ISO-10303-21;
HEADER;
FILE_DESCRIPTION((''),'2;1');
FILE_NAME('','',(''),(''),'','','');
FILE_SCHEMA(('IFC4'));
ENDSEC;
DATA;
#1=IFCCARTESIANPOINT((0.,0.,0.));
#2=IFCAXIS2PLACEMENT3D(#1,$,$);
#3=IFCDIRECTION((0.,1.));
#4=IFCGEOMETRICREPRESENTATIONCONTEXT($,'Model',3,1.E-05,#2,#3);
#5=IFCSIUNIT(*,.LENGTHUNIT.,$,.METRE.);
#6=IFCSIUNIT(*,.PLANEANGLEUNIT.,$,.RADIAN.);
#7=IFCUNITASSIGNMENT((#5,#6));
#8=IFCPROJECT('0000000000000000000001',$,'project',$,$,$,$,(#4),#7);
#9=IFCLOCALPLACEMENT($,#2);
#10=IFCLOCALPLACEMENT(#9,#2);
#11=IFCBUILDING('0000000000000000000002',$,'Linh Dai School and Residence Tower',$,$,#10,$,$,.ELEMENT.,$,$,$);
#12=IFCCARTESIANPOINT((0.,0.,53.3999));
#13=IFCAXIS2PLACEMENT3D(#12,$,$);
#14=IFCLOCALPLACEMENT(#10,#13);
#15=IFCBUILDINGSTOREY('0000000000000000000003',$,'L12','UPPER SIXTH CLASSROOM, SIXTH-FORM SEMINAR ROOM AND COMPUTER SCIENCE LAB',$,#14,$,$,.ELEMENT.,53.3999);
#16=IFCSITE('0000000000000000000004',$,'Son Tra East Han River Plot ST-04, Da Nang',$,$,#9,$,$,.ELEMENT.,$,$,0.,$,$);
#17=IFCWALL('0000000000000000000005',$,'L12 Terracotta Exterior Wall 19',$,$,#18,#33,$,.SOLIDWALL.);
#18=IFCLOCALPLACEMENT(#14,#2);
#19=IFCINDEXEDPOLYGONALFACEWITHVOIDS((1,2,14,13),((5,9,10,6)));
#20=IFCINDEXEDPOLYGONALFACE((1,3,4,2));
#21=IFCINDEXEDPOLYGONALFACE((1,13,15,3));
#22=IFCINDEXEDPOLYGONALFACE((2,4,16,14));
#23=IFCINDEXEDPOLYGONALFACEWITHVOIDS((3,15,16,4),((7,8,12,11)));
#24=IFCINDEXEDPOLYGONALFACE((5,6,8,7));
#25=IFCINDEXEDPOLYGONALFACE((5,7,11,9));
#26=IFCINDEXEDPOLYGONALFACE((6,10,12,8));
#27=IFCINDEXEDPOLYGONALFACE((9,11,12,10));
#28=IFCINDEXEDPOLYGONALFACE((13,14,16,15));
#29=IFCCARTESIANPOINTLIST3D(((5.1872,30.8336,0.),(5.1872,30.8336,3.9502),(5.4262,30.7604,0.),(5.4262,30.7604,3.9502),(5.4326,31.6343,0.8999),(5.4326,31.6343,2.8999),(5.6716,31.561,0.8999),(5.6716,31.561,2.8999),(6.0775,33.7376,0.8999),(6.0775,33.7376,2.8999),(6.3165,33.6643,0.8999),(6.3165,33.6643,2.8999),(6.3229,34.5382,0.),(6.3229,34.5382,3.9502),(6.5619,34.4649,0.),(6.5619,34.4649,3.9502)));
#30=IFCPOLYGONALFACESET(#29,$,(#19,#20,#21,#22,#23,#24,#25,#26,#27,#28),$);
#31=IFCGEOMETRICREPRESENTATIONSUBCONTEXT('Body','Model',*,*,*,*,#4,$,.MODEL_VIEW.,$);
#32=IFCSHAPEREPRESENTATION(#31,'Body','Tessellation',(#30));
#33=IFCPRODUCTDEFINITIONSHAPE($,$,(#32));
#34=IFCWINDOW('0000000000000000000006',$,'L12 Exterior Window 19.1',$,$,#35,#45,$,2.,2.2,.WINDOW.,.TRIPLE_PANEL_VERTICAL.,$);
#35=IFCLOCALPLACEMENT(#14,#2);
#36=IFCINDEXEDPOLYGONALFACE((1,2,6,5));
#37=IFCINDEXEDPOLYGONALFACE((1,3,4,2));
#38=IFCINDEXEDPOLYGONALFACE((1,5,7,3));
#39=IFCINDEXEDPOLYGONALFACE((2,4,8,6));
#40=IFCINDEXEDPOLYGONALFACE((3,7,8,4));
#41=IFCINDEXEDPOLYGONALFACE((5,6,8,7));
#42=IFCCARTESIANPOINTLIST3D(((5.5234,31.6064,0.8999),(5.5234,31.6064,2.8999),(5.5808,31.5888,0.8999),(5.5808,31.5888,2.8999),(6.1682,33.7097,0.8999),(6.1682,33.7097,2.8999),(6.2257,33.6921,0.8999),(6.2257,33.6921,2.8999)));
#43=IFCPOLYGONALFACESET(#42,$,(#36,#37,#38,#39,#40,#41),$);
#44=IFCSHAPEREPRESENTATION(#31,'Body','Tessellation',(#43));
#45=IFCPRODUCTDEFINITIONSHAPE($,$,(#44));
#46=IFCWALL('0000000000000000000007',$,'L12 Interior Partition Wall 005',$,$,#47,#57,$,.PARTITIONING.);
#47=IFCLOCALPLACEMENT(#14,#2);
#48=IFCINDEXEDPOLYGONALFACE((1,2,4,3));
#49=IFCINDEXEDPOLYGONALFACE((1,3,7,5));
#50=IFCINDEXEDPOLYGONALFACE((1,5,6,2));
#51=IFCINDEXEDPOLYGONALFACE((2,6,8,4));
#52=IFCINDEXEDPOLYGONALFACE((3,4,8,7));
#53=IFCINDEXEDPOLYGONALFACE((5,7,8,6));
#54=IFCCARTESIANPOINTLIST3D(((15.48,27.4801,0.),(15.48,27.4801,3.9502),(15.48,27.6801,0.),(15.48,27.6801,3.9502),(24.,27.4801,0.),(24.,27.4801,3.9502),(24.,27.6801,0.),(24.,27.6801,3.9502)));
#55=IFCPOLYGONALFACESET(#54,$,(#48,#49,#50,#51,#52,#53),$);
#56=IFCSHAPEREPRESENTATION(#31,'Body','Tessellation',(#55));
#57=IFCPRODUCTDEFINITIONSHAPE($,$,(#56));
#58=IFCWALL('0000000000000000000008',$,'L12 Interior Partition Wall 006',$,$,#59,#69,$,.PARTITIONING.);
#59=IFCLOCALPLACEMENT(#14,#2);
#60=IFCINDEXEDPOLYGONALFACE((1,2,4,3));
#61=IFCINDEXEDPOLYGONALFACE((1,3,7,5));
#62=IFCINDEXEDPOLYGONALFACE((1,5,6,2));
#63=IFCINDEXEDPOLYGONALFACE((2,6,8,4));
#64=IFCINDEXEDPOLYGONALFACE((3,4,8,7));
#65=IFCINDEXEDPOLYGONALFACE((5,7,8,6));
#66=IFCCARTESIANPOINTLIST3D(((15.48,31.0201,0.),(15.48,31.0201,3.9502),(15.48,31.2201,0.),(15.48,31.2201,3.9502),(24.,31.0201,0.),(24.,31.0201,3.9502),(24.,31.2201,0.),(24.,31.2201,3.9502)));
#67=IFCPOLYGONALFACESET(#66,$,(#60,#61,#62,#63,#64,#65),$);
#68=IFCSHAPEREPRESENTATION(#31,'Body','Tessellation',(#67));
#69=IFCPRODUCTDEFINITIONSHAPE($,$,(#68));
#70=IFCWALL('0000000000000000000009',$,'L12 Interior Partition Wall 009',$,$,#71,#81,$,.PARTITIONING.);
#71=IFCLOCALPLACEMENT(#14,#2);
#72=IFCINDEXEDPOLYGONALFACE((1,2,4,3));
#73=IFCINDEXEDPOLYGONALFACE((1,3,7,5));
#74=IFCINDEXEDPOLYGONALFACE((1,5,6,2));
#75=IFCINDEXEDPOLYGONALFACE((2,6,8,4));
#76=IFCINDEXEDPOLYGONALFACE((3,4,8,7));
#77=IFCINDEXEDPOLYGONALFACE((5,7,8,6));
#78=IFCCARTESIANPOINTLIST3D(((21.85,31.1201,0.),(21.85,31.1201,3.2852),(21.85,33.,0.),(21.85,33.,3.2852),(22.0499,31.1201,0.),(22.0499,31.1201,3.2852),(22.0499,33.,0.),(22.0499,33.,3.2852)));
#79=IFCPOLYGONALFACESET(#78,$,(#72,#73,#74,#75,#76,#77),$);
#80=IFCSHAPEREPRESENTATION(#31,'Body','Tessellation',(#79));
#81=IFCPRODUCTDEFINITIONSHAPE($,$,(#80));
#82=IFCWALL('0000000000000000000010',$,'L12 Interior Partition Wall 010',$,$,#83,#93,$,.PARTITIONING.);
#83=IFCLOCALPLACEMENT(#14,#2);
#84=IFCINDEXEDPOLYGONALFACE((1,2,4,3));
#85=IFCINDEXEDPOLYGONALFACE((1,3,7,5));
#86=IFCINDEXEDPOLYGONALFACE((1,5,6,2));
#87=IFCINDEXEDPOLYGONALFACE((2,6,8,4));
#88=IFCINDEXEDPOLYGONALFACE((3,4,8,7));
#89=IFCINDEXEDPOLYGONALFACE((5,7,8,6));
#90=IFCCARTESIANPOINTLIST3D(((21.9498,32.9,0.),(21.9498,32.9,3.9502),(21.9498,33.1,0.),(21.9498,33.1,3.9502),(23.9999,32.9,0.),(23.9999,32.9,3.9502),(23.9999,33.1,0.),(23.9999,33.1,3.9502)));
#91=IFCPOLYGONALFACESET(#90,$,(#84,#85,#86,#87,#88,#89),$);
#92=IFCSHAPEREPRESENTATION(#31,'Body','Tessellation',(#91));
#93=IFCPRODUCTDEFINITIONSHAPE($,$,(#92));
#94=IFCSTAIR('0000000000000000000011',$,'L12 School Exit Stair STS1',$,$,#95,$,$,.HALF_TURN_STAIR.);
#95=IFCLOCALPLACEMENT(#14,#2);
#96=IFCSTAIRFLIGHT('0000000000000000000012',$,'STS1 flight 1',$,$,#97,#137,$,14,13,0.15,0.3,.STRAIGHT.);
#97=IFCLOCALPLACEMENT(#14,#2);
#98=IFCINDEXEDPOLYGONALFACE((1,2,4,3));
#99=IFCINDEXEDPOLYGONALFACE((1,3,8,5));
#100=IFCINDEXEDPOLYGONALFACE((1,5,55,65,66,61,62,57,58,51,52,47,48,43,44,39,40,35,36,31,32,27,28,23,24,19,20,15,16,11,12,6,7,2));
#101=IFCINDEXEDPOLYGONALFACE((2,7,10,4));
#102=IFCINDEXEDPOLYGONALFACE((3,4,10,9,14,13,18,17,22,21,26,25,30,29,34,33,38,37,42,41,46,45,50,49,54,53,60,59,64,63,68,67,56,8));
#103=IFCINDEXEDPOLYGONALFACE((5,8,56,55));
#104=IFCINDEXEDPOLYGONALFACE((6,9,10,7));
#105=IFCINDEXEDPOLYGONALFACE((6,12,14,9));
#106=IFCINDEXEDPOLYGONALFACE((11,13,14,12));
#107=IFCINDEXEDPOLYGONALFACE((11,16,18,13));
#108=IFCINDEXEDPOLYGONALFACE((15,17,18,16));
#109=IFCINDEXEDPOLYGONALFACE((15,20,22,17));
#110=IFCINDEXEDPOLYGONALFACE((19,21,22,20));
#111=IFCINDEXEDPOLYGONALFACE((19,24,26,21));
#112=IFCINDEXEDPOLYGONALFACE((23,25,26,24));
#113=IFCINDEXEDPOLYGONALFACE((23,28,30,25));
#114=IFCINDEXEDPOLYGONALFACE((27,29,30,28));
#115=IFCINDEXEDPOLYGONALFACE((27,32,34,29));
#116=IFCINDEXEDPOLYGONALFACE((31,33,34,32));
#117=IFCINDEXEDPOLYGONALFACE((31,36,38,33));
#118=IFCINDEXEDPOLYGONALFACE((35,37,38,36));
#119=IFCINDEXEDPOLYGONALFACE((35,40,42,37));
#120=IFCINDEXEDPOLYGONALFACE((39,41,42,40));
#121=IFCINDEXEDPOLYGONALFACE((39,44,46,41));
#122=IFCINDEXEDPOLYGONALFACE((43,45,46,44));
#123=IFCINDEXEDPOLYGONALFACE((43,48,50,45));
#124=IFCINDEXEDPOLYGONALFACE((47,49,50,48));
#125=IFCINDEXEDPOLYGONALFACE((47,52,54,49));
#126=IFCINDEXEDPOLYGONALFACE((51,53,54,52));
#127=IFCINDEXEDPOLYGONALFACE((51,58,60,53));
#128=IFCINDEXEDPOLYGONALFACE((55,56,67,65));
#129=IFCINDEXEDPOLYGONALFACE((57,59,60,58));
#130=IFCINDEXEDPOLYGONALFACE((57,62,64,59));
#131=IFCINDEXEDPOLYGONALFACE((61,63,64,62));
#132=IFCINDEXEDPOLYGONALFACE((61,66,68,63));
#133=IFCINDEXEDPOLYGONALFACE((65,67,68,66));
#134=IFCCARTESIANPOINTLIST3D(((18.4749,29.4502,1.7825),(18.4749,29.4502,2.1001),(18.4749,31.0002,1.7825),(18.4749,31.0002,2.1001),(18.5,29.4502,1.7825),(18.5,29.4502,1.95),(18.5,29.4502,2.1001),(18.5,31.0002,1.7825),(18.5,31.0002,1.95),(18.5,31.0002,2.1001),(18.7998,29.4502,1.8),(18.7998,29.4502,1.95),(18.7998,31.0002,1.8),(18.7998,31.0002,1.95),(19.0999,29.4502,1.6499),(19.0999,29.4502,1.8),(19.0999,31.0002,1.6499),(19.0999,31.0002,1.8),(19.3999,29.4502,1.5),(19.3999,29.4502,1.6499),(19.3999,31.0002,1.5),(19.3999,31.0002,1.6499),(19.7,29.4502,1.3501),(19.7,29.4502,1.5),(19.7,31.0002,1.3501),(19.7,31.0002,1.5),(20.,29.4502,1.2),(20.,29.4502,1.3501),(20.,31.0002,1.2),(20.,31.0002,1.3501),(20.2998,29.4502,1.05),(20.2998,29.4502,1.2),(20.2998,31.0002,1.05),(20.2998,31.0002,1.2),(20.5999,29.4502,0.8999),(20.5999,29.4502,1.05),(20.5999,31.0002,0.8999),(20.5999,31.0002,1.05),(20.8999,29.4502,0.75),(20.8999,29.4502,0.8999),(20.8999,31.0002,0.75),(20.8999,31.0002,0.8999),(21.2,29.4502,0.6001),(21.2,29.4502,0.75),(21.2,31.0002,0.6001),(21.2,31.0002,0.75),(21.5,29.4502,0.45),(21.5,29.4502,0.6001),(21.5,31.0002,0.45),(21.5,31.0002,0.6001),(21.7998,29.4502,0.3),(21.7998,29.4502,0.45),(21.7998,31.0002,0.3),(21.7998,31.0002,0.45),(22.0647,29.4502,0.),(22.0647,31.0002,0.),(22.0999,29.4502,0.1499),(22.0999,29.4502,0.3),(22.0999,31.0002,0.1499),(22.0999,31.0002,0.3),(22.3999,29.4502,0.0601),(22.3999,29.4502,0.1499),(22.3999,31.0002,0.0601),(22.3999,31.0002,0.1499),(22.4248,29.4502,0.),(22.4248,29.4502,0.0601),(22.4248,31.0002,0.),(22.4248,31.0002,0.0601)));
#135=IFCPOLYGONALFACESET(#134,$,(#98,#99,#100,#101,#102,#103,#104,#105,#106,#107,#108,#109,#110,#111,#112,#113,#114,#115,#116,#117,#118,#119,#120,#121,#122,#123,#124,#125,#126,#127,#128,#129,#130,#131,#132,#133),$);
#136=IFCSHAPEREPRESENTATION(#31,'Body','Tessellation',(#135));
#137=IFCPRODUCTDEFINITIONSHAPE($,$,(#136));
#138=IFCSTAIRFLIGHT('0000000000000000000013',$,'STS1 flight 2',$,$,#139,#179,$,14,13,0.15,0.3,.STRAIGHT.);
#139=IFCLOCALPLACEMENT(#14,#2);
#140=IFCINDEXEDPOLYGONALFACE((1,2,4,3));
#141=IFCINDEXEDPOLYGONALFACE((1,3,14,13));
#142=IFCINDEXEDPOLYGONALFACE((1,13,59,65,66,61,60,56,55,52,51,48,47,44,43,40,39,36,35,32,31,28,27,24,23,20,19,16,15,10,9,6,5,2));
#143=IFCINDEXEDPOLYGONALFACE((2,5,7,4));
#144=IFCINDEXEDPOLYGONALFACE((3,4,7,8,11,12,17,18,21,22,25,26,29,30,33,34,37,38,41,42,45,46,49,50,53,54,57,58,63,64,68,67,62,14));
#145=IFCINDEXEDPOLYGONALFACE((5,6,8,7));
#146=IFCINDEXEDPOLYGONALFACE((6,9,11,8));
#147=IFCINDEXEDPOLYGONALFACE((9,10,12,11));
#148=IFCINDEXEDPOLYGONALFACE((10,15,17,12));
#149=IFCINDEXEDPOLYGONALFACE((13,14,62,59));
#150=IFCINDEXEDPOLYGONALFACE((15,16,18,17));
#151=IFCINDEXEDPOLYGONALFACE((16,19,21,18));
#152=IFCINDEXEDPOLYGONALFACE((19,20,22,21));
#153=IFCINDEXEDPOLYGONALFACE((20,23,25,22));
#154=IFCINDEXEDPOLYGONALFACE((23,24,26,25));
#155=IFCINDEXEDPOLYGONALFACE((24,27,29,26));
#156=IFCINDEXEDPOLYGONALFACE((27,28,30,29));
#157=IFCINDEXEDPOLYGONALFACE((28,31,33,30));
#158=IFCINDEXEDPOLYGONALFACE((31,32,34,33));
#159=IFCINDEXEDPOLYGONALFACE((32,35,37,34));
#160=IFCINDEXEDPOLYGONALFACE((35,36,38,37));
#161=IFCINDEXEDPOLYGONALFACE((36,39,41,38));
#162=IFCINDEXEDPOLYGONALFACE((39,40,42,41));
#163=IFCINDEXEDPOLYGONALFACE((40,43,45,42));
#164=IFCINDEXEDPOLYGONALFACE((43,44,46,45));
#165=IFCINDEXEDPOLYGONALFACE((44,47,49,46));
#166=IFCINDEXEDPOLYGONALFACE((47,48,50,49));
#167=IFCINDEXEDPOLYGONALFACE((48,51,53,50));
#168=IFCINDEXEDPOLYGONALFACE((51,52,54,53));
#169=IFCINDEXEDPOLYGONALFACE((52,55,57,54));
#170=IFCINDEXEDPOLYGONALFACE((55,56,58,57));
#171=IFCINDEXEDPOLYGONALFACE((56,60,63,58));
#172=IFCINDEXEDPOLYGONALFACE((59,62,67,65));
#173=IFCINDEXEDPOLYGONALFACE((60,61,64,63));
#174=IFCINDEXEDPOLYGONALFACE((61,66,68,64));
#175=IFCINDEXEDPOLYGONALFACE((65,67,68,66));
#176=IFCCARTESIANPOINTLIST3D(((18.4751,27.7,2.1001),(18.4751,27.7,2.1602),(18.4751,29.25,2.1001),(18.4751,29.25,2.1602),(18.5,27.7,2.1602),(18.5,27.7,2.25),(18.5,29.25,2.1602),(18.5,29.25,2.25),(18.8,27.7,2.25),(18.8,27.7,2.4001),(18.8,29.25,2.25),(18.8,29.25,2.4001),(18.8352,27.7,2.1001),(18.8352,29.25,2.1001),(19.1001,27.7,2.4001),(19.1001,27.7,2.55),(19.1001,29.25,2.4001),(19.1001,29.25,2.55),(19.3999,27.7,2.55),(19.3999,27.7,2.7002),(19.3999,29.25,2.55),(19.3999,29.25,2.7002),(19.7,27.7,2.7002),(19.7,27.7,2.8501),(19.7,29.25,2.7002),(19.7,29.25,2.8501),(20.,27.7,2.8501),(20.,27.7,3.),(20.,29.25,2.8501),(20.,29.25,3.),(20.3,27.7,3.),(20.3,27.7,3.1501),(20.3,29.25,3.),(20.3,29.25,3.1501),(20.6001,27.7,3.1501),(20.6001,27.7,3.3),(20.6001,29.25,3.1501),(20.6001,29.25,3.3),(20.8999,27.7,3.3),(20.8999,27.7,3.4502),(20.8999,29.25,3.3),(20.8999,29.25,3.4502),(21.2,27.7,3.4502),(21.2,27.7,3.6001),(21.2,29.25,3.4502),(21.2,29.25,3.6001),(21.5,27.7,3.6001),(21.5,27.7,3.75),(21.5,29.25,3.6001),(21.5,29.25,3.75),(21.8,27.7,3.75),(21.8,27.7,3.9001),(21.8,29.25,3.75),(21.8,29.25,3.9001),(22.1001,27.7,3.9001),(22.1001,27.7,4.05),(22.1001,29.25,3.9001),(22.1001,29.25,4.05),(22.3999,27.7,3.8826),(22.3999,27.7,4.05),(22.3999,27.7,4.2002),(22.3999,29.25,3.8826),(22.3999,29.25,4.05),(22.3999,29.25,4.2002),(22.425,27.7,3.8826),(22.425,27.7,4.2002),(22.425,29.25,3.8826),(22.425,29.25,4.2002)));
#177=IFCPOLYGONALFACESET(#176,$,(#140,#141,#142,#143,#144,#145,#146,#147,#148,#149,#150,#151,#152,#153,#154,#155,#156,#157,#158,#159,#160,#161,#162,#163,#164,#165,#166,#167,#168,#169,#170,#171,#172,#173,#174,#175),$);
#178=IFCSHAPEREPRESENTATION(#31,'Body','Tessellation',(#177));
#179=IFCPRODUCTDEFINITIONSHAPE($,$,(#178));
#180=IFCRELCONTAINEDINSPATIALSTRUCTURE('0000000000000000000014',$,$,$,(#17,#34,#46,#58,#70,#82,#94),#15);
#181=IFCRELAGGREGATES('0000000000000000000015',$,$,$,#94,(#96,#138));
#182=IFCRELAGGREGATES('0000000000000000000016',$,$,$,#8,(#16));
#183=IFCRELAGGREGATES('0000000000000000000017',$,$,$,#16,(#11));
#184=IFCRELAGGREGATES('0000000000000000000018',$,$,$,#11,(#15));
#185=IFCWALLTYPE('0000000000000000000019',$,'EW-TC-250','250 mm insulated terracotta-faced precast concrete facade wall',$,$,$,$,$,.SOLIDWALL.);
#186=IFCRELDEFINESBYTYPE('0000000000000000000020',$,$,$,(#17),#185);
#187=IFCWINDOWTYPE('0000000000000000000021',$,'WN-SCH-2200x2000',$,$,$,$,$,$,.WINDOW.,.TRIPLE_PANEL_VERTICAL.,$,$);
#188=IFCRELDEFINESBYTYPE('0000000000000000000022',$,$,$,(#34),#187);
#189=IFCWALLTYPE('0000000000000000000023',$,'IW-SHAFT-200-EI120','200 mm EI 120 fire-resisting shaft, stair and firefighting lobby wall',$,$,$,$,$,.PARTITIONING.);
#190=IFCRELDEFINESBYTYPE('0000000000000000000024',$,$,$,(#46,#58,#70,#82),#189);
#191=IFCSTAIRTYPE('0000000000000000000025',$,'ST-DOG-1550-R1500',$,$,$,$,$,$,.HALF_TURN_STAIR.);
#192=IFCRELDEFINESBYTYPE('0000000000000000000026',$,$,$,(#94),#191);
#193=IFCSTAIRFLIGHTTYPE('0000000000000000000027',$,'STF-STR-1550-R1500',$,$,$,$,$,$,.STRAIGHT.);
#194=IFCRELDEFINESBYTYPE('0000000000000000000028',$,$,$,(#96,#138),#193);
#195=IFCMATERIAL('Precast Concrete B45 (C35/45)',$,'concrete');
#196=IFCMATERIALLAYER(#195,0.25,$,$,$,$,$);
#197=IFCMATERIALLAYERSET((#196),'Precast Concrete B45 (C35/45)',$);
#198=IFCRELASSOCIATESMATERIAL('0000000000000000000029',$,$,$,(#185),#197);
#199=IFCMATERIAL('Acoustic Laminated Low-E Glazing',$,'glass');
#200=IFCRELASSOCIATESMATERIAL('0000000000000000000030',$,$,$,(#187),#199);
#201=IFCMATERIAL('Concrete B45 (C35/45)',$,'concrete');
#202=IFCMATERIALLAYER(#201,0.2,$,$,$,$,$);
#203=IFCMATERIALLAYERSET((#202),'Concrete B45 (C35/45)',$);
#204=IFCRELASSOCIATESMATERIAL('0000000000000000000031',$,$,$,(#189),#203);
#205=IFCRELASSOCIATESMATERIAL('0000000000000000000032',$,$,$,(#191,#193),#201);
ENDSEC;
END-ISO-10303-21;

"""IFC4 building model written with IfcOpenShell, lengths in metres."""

from ifc_helpers import new_model, si_unit, direction, frame, frame_2d, origin, origin_2d, place, context, subcontext, project, spatial, polyline, rectangle, outline, extrude, source, transform, mapped, material, layer, layer_set, type_object, element, fill, aggregate, save


model = new_model("IFC4")

# Units and contexts
model_context = context("Model", 3, precision=1e-05, world=origin(), true_north=direction((0.0, 1.0)))
body_context = subcontext(model_context, "Body", "Model", "MODEL_VIEW")
ifc_project = project(units=[si_unit("LENGTHUNIT", "METRE"), si_unit("PLANEANGLEUNIT", "RADIAN")], contexts=[model_context])

# Site, building, storey
site_placement = place(None, origin())
site = spatial("IfcSite", under=ifc_project, at=site_placement, Name="Son Tra East Han River Plot ST-04, Da Nang", CompositionType="ELEMENT", RefElevation=0.0)
building_placement = place(site_placement, origin())
building = spatial("IfcBuilding", under=site, at=building_placement, Name="Linh Dai School and Residence Tower", CompositionType="ELEMENT")
storey_placement = place(building_placement, frame((0.0, 0.0, 53.3999)))
storey = spatial("IfcBuildingStorey", under=building, at=storey_placement, Name="L12", Description="UPPER SIXTH CLASSROOM, SIXTH-FORM SEMINAR ROOM AND COMPUTER SCIENCE LAB", CompositionType="ELEMENT", Elevation=53.3999)

# Shared definitions
ifc_material_1 = material(Name="Precast Concrete B45 (C35/45)", Category="concrete")
ifc_layer_1 = layer(ifc_material_1, 0.25)
ifc_layer_set_1 = layer_set([ifc_layer_1], Name="Precast Concrete B45 (C35/45)")
wall_type_1 = type_object("IfcWallType", Name="EW-TC-250", Description="250 mm insulated terracotta-faced precast concrete facade wall", PredefinedType="SOLIDWALL", material=ifc_layer_set_1)

# Wall, opening, window
wall_1_placement = place(storey_placement, frame((5.3066, 30.7969, 0.0), z_axis=(0.0, 0.0, 1.0), x_axis=(0.293112, 0.956078, 0.0)))
wall_1 = element("IfcWall", 1, at=wall_1_placement, inside=storey, type_object=wall_type_1, Name="L12 Terracotta Exterior Wall 19", PredefinedType="SOLIDWALL", context=body_context, shape_type="SweptSolid", body=[
    extrude(rectangle(XDim=3.8748, YDim=0.25, at=frame_2d((1.9375, 0.0))), origin(), (0.0, 0.0, 1.0), 3.9502),
])
opening_placement = place(wall_1_placement, frame((0.8374, 0.0, 0.8999)))
opening = element("IfcOpeningElement", 2, at=opening_placement, cuts=wall_1, PredefinedType="OPENING", context=body_context, shape_type="SweptSolid", body=[
    extrude(rectangle(XDim=2.2, YDim=2.0, at=origin_2d()), frame((1.1001, 0.135, 1.0), z_axis=(0.0, -1.0, 0.0), x_axis=(1.0, 0.0, 0.0)), (0.0, 0.0, 1.0), 0.27),
])
ifc_material_2 = material(Name="Acoustic Laminated Low-E Glazing", Category="glass")
window_type = type_object("IfcWindowType", Name="WN-SCH-2200x2000", PartitioningType="TRIPLE_PANEL_VERTICAL", PredefinedType="WINDOW", material=ifc_material_2)
shared_shape_1 = source(origin(), body_context, "Body", "SweptSolid", [
    extrude(rectangle(XDim=2.2, YDim=2.0, at=origin_2d()), frame((1.1001, 0.03, 1.0), z_axis=(0.0, -1.0, 0.0), x_axis=(1.0, 0.0, 0.0)), (0.0, 0.0, 1.0), 0.0601),
])
window_placement = place(opening_placement, origin())
window = element("IfcWindow", 3, at=window_placement, inside=storey, type_object=window_type, Name="L12 Exterior Window 19.1", OverallHeight=2.0, OverallWidth=2.2, PartitioningType="TRIPLE_PANEL_VERTICAL", PredefinedType="WINDOW", context=body_context, shape_type="MappedRepresentation", body=[
    mapped(shared_shape_1, transform((0.0, 0.0, 0.0), x_axis=(1.0, 0.0, 0.0), y_axis=(0.0, 1.0, 0.0), z_axis=(0.0, 0.0, 1.0), scale=1.0)),
])
fill(opening, window)

# Walls
ifc_material_3 = material(Name="Concrete B45 (C35/45)", Category="concrete")
ifc_layer_2 = layer(ifc_material_3, 0.2)
ifc_layer_set_2 = layer_set([ifc_layer_2], Name="Concrete B45 (C35/45)")
wall_type_2 = type_object("IfcWallType", Name="IW-SHAFT-200-EI120", Description="200 mm EI 120 fire-resisting shaft, stair and firefighting lobby wall", PredefinedType="PARTITIONING", material=ifc_layer_set_2)
for number, where, z_axis, x_axis, name in (
    (4, (15.48, 27.5801, 0.0), (0.0, 0.0, 1.0), (1.0, 0.0, 0.0), "L12 Interior Partition Wall 005"),
    (5, (15.48, 31.1201, 0.0), (0.0, 0.0, 1.0), (1.0, 0.0, 0.0), "L12 Interior Partition Wall 006"),
):
    element("IfcWall", number, at=place(storey_placement, frame(where, z_axis=z_axis, x_axis=x_axis)), inside=storey, type_object=wall_type_2, Name=name, PredefinedType="PARTITIONING", context=body_context, shape_type="SweptSolid", body=[
        extrude(rectangle(XDim=8.52, YDim=0.2, at=frame_2d((4.26, 0.0))), origin(), (0.0, 0.0, 1.0), 3.9502),
    ])
wall_2_placement = place(storey_placement, frame((21.95, 31.1201, 0.0), z_axis=(0.0, 0.0, 1.0), x_axis=(0.0, 1.0, 0.0)))
element("IfcWall", 6, at=wall_2_placement, inside=storey, type_object=wall_type_2, Name="L12 Interior Partition Wall 009", PredefinedType="PARTITIONING", context=body_context, shape_type="SweptSolid", body=[
    extrude(rectangle(XDim=1.8799, YDim=0.2, at=frame_2d((0.9399, 0.0))), origin(), (0.0, 0.0, 1.0), 3.2852),
])
wall_3_placement = place(storey_placement, frame((21.95, 33.0, 0.0), z_axis=(0.0, 0.0, 1.0), x_axis=(1.0, 0.0, 0.0)))
element("IfcWall", 7, at=wall_3_placement, inside=storey, type_object=wall_type_2, Name="L12 Interior Partition Wall 010", PredefinedType="PARTITIONING", context=body_context, shape_type="SweptSolid", body=[
    extrude(rectangle(XDim=2.05, YDim=0.2, at=frame_2d((1.0249, 0.0))), origin(), (0.0, 0.0, 1.0), 3.9502),
])

# Stair, stair flights
stair_type = type_object("IfcStairType", Name="ST-DOG-1550-R1500", PredefinedType="HALF_TURN_STAIR", material=ifc_material_3)
stair_placement = place(storey_placement, origin())
stair = element("IfcStair", 8, at=stair_placement, inside=storey, type_object=stair_type, Name="L12 School Exit Stair STS1", PredefinedType="HALF_TURN_STAIR")
stair_flight_type = type_object("IfcStairFlightType", Name="STF-STR-1550-R1500", PredefinedType="STRAIGHT", material=ifc_material_3)
shared_shape_2 = source(origin(), body_context, "Body", "SweptSolid", [
    extrude(outline(polyline([(-0.0249, 0.0), (-0.0249, 0.0601), (0.0, 0.0601), (0.0, 0.1499), (0.3, 0.1499), (0.3, 0.3), (0.6001, 0.3), (0.6001, 0.45), (0.8999, 0.45), (0.8999, 0.6001), (1.2, 0.6001), (1.2, 0.75), (1.5, 0.75), (1.5, 0.8999), (1.8, 0.8999), (1.8, 1.05), (2.1001, 1.05), (2.1001, 1.2), (2.3999, 1.2), (2.3999, 1.3501), (2.7, 1.3501), (2.7, 1.5), (3.0, 1.5), (3.0, 1.6499), (3.3, 1.6499), (3.3, 1.8), (3.6001, 1.8), (3.6001, 1.95), (3.8999, 1.95), (3.8999, 2.1001), (3.925, 2.1001), (3.925, 1.7825), (3.8999, 1.7825), (0.3352, 0.0), (-0.0249, 0.0)])), frame((0.0, 0.7749, 0.0), z_axis=(0.0, -1.0, 0.0), x_axis=(1.0, 0.0, 0.0)), (0.0, 0.0, 1.0), 1.55),
])
stair_flight_1_placement = place(storey_placement, frame((22.3999, 30.2251, 0.0), z_axis=(0.0, 0.0, 1.0), x_axis=(-1.0, 0.0, 0.0)))
stair_flight_1 = element("IfcStairFlight", 9, at=stair_flight_1_placement, type_object=stair_flight_type, Name="STS1 flight 1", NumberOfRisers=14, NumberOfTreads=13, PredefinedType="STRAIGHT", RiserHeight=0.15, TreadLength=0.3, context=body_context, shape_type="MappedRepresentation", body=[
    mapped(shared_shape_2, transform((0.0, 0.0, 0.0), x_axis=(1.0, 0.0, 0.0), y_axis=(0.0, 1.0, 0.0), z_axis=(0.0, 0.0, 1.0), scale=1.0)),
])
stair_flight_2_placement = place(storey_placement, frame((18.5, 28.4751, 2.1001), z_axis=(0.0, 0.0, 1.0), x_axis=(1.0, 0.0, 0.0)))
stair_flight_2 = element("IfcStairFlight", 10, at=stair_flight_2_placement, type_object=stair_flight_type, Name="STS1 flight 2", NumberOfRisers=14, NumberOfTreads=13, PredefinedType="STRAIGHT", RiserHeight=0.15, TreadLength=0.3, context=body_context, shape_type="MappedRepresentation", body=[
    mapped(shared_shape_2, transform((0.0, 0.0, 0.0), x_axis=(1.0, 0.0, 0.0), y_axis=(0.0, 1.0, 0.0), z_axis=(0.0, 0.0, 1.0), scale=1.0)),
])
aggregate(stair, [stair_flight_1, stair_flight_2])

save(model, "model.ifc")
